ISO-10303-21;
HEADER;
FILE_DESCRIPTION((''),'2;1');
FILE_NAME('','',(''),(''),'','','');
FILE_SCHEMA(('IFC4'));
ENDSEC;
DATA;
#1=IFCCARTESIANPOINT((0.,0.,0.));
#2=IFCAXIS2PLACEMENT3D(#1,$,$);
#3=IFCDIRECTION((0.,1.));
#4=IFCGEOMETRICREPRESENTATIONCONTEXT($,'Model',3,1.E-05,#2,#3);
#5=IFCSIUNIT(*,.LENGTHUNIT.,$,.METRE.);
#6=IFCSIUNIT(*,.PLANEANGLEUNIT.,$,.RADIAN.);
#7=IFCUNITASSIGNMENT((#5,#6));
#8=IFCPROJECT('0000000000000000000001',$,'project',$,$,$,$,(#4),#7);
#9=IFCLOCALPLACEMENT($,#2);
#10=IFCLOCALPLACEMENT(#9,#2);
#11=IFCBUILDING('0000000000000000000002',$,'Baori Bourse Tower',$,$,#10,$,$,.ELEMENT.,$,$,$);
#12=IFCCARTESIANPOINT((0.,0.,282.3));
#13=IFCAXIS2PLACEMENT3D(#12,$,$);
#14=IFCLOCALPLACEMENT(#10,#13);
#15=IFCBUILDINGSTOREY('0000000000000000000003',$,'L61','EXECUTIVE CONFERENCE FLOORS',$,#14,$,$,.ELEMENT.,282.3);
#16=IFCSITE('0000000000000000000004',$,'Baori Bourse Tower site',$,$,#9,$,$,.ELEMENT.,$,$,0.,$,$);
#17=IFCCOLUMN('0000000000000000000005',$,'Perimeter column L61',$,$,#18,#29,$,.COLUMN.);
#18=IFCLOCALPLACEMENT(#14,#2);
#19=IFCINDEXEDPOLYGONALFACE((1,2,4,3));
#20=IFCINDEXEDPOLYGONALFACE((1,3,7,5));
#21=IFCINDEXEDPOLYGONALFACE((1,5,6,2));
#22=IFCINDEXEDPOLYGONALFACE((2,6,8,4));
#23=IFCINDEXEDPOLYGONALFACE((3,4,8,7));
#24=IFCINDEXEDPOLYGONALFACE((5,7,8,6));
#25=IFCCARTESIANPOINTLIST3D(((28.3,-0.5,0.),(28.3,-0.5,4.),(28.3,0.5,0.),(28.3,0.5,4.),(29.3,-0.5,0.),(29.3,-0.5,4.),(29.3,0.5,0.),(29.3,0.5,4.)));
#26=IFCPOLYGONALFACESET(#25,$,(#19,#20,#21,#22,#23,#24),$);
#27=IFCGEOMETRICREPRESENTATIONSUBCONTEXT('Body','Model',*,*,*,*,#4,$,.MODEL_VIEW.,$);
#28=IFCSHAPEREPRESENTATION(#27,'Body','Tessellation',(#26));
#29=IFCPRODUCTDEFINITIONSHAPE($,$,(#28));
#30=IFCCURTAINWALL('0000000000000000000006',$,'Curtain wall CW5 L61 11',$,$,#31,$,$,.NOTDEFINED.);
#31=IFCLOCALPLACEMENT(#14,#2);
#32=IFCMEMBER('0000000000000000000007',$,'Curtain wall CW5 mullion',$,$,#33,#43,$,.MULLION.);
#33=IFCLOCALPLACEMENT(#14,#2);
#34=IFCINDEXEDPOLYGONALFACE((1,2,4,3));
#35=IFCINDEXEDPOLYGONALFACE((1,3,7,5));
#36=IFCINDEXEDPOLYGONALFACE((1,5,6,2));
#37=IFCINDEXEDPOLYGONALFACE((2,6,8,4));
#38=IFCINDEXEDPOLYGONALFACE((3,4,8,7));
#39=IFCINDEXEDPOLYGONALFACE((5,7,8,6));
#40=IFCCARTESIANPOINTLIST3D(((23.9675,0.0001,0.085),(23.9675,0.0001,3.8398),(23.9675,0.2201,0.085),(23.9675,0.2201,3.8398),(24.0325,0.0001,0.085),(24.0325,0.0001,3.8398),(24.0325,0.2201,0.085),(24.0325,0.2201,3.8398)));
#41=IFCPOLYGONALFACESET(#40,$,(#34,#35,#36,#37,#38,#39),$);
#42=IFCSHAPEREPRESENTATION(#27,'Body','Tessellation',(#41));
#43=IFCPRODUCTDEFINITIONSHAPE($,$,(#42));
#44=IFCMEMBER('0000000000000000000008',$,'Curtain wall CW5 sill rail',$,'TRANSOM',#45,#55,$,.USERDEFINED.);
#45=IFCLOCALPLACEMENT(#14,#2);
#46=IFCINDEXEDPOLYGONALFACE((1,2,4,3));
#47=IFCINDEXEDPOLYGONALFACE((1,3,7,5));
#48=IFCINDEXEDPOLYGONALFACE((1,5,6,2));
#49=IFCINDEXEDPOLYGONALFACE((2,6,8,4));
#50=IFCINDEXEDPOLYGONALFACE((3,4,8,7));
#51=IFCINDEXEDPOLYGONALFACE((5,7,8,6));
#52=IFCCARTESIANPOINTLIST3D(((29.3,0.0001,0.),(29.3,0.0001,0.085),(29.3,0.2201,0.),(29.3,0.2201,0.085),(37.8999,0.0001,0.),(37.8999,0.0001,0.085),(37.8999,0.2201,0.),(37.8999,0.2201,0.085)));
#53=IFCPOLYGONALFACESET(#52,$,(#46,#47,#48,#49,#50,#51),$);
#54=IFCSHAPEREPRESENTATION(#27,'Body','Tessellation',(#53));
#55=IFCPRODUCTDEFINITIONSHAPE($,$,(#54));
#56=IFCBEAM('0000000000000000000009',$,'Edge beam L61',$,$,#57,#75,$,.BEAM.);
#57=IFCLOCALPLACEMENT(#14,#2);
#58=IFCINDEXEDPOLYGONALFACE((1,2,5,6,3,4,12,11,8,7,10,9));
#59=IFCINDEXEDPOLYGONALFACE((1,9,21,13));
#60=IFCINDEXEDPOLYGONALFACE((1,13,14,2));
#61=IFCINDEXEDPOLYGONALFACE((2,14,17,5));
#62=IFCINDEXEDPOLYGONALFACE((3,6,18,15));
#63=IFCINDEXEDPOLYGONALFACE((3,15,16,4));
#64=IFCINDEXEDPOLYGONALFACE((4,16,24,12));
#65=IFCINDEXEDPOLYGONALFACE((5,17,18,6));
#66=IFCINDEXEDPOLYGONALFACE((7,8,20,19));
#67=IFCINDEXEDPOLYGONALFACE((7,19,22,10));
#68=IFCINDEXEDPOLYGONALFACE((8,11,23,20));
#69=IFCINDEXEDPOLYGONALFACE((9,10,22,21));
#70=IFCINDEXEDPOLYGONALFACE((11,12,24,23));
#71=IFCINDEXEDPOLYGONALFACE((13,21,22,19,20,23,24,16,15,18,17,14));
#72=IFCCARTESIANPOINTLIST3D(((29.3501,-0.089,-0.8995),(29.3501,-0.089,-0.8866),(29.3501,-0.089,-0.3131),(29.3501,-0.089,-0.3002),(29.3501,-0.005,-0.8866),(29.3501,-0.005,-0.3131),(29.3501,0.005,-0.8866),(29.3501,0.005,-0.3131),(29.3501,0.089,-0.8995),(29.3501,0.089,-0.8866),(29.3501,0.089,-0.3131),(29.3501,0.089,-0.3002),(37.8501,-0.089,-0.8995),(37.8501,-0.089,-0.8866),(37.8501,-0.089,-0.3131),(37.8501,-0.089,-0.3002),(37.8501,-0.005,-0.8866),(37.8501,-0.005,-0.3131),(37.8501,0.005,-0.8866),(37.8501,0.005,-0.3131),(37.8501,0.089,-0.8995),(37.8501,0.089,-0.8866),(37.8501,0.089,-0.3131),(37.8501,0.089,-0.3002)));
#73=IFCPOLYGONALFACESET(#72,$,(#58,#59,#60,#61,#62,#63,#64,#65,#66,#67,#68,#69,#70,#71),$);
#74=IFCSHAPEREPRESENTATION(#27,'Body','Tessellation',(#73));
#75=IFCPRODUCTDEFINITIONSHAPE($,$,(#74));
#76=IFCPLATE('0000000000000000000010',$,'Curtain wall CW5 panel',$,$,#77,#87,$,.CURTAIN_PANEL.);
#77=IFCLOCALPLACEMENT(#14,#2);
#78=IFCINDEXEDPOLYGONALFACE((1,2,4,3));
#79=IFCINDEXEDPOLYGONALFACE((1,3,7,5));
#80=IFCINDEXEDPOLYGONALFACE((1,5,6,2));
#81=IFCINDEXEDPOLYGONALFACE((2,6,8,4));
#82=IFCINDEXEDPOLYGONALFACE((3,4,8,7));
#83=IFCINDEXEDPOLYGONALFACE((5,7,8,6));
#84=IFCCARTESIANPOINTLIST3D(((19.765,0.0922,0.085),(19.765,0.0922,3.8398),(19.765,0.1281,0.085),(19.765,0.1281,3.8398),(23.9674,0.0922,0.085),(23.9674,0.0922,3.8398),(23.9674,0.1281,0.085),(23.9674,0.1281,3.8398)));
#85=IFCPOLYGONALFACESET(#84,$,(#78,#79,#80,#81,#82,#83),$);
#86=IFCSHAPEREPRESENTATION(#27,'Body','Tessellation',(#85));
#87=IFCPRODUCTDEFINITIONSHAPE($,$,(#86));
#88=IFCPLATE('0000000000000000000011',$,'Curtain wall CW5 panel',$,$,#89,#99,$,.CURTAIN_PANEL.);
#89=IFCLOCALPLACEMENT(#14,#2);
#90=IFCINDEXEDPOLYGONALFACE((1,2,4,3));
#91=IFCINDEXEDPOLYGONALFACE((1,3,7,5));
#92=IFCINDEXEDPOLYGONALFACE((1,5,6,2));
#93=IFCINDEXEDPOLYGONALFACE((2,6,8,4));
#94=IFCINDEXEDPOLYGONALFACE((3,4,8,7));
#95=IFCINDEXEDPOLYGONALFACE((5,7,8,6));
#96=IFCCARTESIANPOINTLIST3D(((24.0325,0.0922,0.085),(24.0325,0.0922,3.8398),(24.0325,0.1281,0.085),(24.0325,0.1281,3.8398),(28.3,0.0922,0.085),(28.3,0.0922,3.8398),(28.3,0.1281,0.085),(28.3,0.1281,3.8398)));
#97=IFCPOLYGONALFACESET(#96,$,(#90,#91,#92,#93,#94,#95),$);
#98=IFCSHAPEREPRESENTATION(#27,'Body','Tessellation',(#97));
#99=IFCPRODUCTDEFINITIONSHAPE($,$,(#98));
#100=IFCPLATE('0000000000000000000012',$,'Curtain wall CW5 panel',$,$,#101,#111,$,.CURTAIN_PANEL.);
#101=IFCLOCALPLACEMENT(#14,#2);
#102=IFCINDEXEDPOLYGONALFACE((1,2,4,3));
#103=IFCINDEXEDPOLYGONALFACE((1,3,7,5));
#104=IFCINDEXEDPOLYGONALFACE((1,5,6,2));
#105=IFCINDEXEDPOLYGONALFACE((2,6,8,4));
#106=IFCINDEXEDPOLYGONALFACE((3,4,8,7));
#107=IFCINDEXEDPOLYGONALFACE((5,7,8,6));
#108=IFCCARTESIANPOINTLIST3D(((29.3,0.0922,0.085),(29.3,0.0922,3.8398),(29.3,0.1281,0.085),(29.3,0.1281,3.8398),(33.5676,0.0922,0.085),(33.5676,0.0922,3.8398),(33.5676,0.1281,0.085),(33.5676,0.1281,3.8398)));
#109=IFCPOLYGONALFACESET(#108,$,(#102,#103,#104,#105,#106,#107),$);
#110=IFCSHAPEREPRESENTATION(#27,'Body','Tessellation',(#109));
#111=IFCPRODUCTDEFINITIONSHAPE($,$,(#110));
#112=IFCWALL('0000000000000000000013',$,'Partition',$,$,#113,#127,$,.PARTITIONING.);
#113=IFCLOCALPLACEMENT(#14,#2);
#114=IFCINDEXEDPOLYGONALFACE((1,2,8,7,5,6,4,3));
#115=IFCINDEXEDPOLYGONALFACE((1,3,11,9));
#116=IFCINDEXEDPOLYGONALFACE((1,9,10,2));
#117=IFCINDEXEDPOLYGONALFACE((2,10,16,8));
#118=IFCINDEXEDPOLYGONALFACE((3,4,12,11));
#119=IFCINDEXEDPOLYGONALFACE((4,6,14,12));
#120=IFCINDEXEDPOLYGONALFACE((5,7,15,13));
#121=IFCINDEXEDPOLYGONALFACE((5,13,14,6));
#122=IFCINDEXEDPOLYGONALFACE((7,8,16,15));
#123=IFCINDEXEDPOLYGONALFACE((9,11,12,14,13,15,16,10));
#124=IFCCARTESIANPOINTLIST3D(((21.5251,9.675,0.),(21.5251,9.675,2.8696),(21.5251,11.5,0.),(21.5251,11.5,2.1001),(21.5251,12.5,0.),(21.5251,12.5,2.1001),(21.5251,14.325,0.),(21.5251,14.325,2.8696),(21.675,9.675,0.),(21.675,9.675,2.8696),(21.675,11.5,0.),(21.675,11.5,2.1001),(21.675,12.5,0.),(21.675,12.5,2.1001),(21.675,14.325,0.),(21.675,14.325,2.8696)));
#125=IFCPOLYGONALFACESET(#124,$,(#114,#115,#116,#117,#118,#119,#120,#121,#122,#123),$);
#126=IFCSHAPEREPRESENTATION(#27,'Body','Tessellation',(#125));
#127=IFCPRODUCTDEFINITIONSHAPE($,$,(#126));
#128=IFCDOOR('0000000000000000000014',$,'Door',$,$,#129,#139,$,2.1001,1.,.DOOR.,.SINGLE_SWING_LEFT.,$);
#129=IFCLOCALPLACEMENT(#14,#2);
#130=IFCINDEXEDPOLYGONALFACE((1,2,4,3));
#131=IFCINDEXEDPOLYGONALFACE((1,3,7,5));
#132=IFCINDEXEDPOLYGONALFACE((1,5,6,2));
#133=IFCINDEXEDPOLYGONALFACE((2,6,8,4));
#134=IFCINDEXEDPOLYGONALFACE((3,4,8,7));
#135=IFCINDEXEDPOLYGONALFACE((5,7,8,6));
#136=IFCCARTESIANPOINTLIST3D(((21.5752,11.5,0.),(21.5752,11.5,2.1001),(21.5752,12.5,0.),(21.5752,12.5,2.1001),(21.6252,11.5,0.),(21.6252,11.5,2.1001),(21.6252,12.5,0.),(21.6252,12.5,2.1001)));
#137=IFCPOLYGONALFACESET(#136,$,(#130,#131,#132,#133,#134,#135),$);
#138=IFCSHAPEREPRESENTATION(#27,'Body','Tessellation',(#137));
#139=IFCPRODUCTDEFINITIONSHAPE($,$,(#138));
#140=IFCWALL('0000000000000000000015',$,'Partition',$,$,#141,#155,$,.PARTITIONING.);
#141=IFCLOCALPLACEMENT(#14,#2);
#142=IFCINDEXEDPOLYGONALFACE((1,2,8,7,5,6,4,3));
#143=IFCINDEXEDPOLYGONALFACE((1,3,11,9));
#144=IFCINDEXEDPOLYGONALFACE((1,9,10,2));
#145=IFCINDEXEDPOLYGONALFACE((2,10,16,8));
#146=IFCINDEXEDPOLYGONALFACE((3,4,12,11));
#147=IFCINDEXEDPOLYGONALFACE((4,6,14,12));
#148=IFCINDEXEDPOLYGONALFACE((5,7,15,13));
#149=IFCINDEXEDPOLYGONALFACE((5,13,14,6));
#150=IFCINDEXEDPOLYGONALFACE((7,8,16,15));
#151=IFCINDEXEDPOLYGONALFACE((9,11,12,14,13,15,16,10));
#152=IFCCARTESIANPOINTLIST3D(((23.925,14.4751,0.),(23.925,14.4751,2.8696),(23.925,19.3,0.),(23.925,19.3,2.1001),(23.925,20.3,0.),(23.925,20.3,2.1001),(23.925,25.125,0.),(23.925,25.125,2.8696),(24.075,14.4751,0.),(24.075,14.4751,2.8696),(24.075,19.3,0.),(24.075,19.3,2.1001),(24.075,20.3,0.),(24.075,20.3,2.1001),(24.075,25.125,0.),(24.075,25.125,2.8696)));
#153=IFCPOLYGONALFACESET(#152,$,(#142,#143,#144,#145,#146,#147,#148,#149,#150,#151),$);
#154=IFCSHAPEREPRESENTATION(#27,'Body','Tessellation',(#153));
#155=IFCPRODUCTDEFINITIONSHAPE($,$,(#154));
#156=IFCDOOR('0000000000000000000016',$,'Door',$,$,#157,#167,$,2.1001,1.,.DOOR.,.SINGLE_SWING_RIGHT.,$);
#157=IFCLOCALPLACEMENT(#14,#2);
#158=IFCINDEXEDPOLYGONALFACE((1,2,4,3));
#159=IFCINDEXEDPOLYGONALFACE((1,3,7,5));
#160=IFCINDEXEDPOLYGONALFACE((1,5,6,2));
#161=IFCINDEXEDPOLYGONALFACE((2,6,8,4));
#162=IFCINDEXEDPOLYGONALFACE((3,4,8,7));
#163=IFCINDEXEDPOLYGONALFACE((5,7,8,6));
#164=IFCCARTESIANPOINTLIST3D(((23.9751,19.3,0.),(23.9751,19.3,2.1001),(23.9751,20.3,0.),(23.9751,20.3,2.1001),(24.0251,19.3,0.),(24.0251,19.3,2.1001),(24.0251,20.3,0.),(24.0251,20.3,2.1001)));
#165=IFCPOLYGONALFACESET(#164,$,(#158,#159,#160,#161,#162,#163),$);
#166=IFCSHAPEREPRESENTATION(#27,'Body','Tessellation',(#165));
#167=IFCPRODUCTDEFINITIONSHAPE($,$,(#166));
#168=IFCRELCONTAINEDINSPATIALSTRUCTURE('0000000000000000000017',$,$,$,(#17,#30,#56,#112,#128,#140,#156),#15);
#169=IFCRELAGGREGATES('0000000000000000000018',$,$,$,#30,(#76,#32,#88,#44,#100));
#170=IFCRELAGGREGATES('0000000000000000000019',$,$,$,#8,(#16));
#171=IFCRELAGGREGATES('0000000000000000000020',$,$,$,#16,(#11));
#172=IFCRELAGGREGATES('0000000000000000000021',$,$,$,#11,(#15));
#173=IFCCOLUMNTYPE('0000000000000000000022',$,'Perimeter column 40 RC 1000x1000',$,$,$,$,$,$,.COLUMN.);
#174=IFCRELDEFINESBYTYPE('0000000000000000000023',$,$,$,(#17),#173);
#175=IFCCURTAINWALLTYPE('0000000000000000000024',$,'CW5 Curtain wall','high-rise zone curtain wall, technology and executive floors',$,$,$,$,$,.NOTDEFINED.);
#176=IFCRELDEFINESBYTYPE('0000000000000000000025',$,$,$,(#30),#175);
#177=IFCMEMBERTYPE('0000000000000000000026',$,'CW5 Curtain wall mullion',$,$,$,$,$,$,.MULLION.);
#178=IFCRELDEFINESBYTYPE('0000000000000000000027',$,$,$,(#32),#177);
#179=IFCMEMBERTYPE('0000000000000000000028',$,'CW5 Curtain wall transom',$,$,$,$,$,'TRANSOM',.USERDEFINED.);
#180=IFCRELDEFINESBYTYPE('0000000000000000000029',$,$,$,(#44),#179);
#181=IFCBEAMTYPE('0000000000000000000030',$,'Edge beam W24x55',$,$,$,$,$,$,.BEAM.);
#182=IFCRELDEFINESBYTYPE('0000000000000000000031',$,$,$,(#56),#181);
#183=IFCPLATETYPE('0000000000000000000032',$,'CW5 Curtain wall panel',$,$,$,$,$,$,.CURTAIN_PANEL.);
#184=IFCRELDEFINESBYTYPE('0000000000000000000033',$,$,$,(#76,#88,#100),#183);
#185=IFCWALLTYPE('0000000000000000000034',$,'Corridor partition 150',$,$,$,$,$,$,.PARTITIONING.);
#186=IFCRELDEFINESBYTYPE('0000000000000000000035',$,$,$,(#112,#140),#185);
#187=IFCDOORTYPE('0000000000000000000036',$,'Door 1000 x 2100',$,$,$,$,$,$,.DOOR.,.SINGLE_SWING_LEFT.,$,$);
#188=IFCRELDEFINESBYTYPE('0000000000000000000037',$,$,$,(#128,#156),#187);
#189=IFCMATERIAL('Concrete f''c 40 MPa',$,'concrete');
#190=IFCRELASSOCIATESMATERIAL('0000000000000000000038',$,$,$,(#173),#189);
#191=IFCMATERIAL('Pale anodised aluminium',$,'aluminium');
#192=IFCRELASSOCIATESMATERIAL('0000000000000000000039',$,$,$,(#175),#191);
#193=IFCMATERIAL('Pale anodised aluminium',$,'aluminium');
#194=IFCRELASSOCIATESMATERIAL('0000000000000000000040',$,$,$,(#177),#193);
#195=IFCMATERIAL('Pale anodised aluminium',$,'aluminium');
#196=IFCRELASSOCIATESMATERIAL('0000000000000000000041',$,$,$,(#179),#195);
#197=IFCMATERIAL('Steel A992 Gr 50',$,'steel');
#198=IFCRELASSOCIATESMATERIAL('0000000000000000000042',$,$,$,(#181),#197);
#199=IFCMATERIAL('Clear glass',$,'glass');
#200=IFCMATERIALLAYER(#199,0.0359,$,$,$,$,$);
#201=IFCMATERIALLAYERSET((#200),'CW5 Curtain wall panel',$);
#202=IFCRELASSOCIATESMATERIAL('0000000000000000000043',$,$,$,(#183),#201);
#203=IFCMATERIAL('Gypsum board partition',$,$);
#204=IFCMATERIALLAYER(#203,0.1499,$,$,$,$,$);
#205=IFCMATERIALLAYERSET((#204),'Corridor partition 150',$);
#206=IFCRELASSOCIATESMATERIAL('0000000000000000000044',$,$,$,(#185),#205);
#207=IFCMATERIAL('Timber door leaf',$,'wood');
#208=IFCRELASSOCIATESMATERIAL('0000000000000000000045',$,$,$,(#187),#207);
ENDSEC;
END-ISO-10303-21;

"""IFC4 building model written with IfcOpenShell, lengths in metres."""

from ifc_helpers import new_model, si_unit, direction, frame, frame_2d, origin, origin_2d, place, context, subcontext, project, spatial, rectangle, i_section, extrude, material, layer, layer_set, material_profile, profile_set, type_object, element, fill, aggregate, save


model = new_model("IFC4")

# Units and contexts
model_context = context("Model", 3, precision=1e-05, world=origin(), true_north=direction((0.0, 1.0)))
body_context = subcontext(model_context, "Body", "Model", "MODEL_VIEW")
ifc_project = project(units=[si_unit("LENGTHUNIT", "METRE"), si_unit("PLANEANGLEUNIT", "RADIAN")], contexts=[model_context])

# Site, building, storey
site_placement = place(None, origin())
site = spatial("IfcSite", under=ifc_project, at=site_placement, Name="Baori Bourse Tower site", CompositionType="ELEMENT", RefElevation=0.0)
building_placement = place(site_placement, origin())
building = spatial("IfcBuilding", under=site, at=building_placement, Name="Baori Bourse Tower", CompositionType="ELEMENT")
storey_placement = place(building_placement, frame((0.0, 0.0, 282.3)))
storey = spatial("IfcBuildingStorey", under=building, at=storey_placement, Name="L61", Description="EXECUTIVE CONFERENCE FLOORS", CompositionType="ELEMENT", Elevation=282.3)

# Column
ifc_material_1 = material(Name="Concrete f'c 40 MPa", Category="concrete")
ifc_material_profile_1 = material_profile(ifc_material_1, rectangle(XDim=1.0, YDim=1.0, at=origin_2d()), Name="RC 1000x1000")
ifc_profile_set_1 = profile_set([ifc_material_profile_1], Name="Concrete f'c 40 MPa")
column_type = type_object("IfcColumnType", Name="Perimeter column 40 RC 1000x1000", PredefinedType="COLUMN", material=ifc_profile_set_1)
column_placement = place(storey_placement, frame((28.8, 0.0, 0.0), z_axis=(0.0, 0.0, 1.0), x_axis=(1.0, 0.0, 0.0)))
element("IfcColumn", 1, at=column_placement, inside=storey, type_object=column_type, Name="Perimeter column L61", PredefinedType="COLUMN", context=body_context, shape_type="SweptSolid", body=[
    extrude(rectangle(XDim=1.0, YDim=1.0, at=origin_2d()), origin(), (0.0, 0.0, 1.0), 4.0),
])

# Curtain wall, members
ifc_material_2 = material(Name="Pale anodised aluminium", Category="aluminium")
curtain_wall_type = type_object("IfcCurtainWallType", Name="CW5 Curtain wall", Description="high-rise zone curtain wall, technology and executive floors", PredefinedType="NOTDEFINED", material=ifc_material_2)
curtain_wall_placement = place(storey_placement, origin())
curtain_wall = element("IfcCurtainWall", 2, at=curtain_wall_placement, inside=storey, type_object=curtain_wall_type, Name="Curtain wall CW5 L61 11", PredefinedType="NOTDEFINED")
ifc_material_3 = material(Name="Pale anodised aluminium", Category="aluminium")
ifc_material_profile_2 = material_profile(ifc_material_3, rectangle(XDim=0.22, YDim=0.0649, at=origin_2d()), Name="Mullion 65x220")
ifc_profile_set_2 = profile_set([ifc_material_profile_2], Name="Pale anodised aluminium")
member_type_1 = type_object("IfcMemberType", Name="CW5 Curtain wall mullion", PredefinedType="MULLION", material=ifc_profile_set_2)
member_1_placement = place(storey_placement, frame((24.0, 0.1101, 0.085), z_axis=(0.0, 0.0, 1.0), x_axis=(0.0, 1.0, 0.0)))
member_1 = element("IfcMember", 3, at=member_1_placement, type_object=member_type_1, Name="Curtain wall CW5 mullion", PredefinedType="MULLION", context=body_context, shape_type="SweptSolid", body=[
    extrude(rectangle(XDim=0.22, YDim=0.0649, at=origin_2d()), origin(), (0.0, 0.0, 1.0), 3.7549),
])
ifc_material_4 = material(Name="Pale anodised aluminium", Category="aluminium")
ifc_material_profile_3 = material_profile(ifc_material_4, rectangle(XDim=0.22, YDim=0.085, at=origin_2d()), Name="Transom 85x220")
ifc_profile_set_3 = profile_set([ifc_material_profile_3], Name="Pale anodised aluminium")
member_type_2 = type_object("IfcMemberType", Name="CW5 Curtain wall transom", ElementType="TRANSOM", PredefinedType="USERDEFINED", material=ifc_profile_set_3)
member_2_placement = place(storey_placement, frame((29.3, 0.1101, 0.0425), z_axis=(1.0, 0.0, 0.0), x_axis=(0.0, 1.0, 0.0)))
member_2 = element("IfcMember", 4, at=member_2_placement, type_object=member_type_2, Name="Curtain wall CW5 sill rail", ObjectType="TRANSOM", PredefinedType="USERDEFINED", context=body_context, shape_type="SweptSolid", body=[
    extrude(rectangle(XDim=0.22, YDim=0.085, at=origin_2d()), origin(), (0.0, 0.0, 1.0), 8.5999),
])

# Beam
ifc_material_5 = material(Name="Steel A992 Gr 50", Category="steel")
ifc_material_profile_4 = material_profile(ifc_material_5, i_section(OverallWidth=0.178, OverallDepth=0.5994, WebThickness=0.01, FlangeThickness=0.0129, at=origin_2d()), Name="W24x55")
ifc_profile_set_4 = profile_set([ifc_material_profile_4], Name="Steel A992 Gr 50")
beam_type = type_object("IfcBeamType", Name="Edge beam W24x55", PredefinedType="BEAM", material=ifc_profile_set_4)
beam_placement = place(storey_placement, frame((29.3501, 0.0, -0.5999), z_axis=(1.0, 0.0, 0.0), x_axis=(0.0, 1.0, 0.0)))
element("IfcBeam", 5, at=beam_placement, inside=storey, type_object=beam_type, Name="Edge beam L61", PredefinedType="BEAM", context=body_context, shape_type="SweptSolid", body=[
    extrude(i_section(OverallWidth=0.178, OverallDepth=0.5994, WebThickness=0.01, FlangeThickness=0.0129, at=origin_2d()), origin(), (0.0, 0.0, 1.0), 8.5),
])

# Plates
ifc_material_6 = material(Name="Clear glass", Category="glass")
ifc_layer_1 = layer(ifc_material_6, 0.0359)
ifc_layer_set_1 = layer_set([ifc_layer_1], Name="CW5 Curtain wall panel")
plate_type = type_object("IfcPlateType", Name="CW5 Curtain wall panel", PredefinedType="CURTAIN_PANEL", material=ifc_layer_set_1)
plate_1_placement = place(storey_placement, frame((21.8662, 0.1101, 0.085), z_axis=(0.0, 0.0, 1.0), x_axis=(1.0, 0.0, 0.0)))
plate_1 = element("IfcPlate", 6, at=plate_1_placement, type_object=plate_type, Name="Curtain wall CW5 panel", PredefinedType="CURTAIN_PANEL", context=body_context, shape_type="SweptSolid", body=[
    extrude(rectangle(XDim=4.2024, YDim=0.0359, at=origin_2d()), origin(), (0.0, 0.0, 1.0), 3.7549),
])
plate_2_placement = place(storey_placement, frame((26.1663, 0.1101, 0.085), z_axis=(0.0, 0.0, 1.0), x_axis=(1.0, 0.0, 0.0)))
plate_2 = element("IfcPlate", 7, at=plate_2_placement, type_object=plate_type, Name="Curtain wall CW5 panel", PredefinedType="CURTAIN_PANEL", context=body_context, shape_type="SweptSolid", body=[
    extrude(rectangle(XDim=4.2676, YDim=0.0359, at=origin_2d()), origin(), (0.0, 0.0, 1.0), 3.7549),
])
plate_3_placement = place(storey_placement, frame((31.4338, 0.1101, 0.085), z_axis=(0.0, 0.0, 1.0), x_axis=(1.0, 0.0, 0.0)))
plate_3 = element("IfcPlate", 8, at=plate_3_placement, type_object=plate_type, Name="Curtain wall CW5 panel", PredefinedType="CURTAIN_PANEL", context=body_context, shape_type="SweptSolid", body=[
    extrude(rectangle(XDim=4.2676, YDim=0.0359, at=origin_2d()), origin(), (0.0, 0.0, 1.0), 3.7549),
])
aggregate(curtain_wall, [plate_1, member_1, plate_2, member_2, plate_3])

# Walls, openings, doors
ifc_material_7 = material(Name="Gypsum board partition")
ifc_layer_2 = layer(ifc_material_7, 0.1499)
ifc_layer_set_2 = layer_set([ifc_layer_2], Name="Corridor partition 150")
wall_type_1 = type_object("IfcWallType", Name="Corridor partition 150", PredefinedType="PARTITIONING", material=ifc_layer_set_2)
wall_1_placement = place(storey_placement, frame((21.6001, 9.675, 0.0), z_axis=(0.0, 0.0, 1.0), x_axis=(0.0, 1.0, 0.0)))
wall_1 = element("IfcWall", 9, at=wall_1_placement, inside=storey, type_object=wall_type_1, Name="Partition", PredefinedType="PARTITIONING", context=body_context, shape_type="SweptSolid", body=[
    extrude(rectangle(XDim=4.6499, YDim=0.1499, at=frame_2d((2.325, 0.0))), origin(), (0.0, 0.0, 1.0), 2.8696),
])
opening_1_placement = place(wall_1_placement, frame((1.825, 0.0, 0.0)))
opening_1 = element("IfcOpeningElement", 10, at=opening_1_placement, cuts=wall_1, PredefinedType="OPENING", context=body_context, shape_type="SweptSolid", body=[
    extrude(rectangle(XDim=1.0, YDim=2.1001, at=frame_2d((0.5, 1.05))), frame((0.0, 0.085, 0.0), z_axis=(0.0, -1.0, 0.0), x_axis=(1.0, 0.0, 0.0)), (0.0, 0.0, 1.0), 0.1699),
])
ifc_material_8 = material(Name="Timber door leaf", Category="wood")
door_type = type_object("IfcDoorType", Name="Door 1000 x 2100", OperationType="SINGLE_SWING_LEFT", PredefinedType="DOOR", material=ifc_material_8)
door_1_placement = place(opening_1_placement, origin())
door_1 = element("IfcDoor", 11, at=door_1_placement, inside=storey, type_object=door_type, Name="Door", OperationType="SINGLE_SWING_LEFT", OverallHeight=2.1001, OverallWidth=1.0, PredefinedType="DOOR", context=body_context, shape_type="SweptSolid", body=[
    extrude(rectangle(XDim=1.0, YDim=2.1001, at=frame_2d((0.5, 1.05))), frame((0.0, 0.0249, 0.0), z_axis=(0.0, -1.0, 0.0), x_axis=(1.0, 0.0, 0.0)), (0.0, 0.0, 1.0), 0.05),
])
fill(opening_1, door_1)
wall_2_placement = place(storey_placement, frame((24.0, 14.4751, 0.0), z_axis=(0.0, 0.0, 1.0), x_axis=(0.0, 1.0, 0.0)))
wall_2 = element("IfcWall", 12, at=wall_2_placement, inside=storey, type_object=wall_type_1, Name="Partition", PredefinedType="PARTITIONING", context=body_context, shape_type="SweptSolid", body=[
    extrude(rectangle(XDim=10.6499, YDim=0.1499, at=frame_2d((5.325, 0.0))), origin(), (0.0, 0.0, 1.0), 2.8696),
])
opening_2_placement = place(wall_2_placement, frame((4.825, 0.0, 0.0)))
opening_2 = element("IfcOpeningElement", 13, at=opening_2_placement, cuts=wall_2, PredefinedType="OPENING", context=body_context, shape_type="SweptSolid", body=[
    extrude(rectangle(XDim=1.0, YDim=2.1001, at=frame_2d((0.5, 1.05))), frame((0.0, 0.085, 0.0), z_axis=(0.0, -1.0, 0.0), x_axis=(1.0, 0.0, 0.0)), (0.0, 0.0, 1.0), 0.1699),
])
door_2_placement = place(opening_2_placement, origin())
door_2 = element("IfcDoor", 14, at=door_2_placement, inside=storey, type_object=door_type, Name="Door", OperationType="SINGLE_SWING_RIGHT", OverallHeight=2.1001, OverallWidth=1.0, PredefinedType="DOOR", context=body_context, shape_type="SweptSolid", body=[
    extrude(rectangle(XDim=1.0, YDim=2.1001, at=frame_2d((0.5, 1.05))), frame((0.0, 0.0249, 0.0), z_axis=(0.0, -1.0, 0.0), x_axis=(1.0, 0.0, 0.0)), (0.0, 0.0, 1.0), 0.05),
])
fill(opening_2, door_2)

save(model, "model.ifc")
